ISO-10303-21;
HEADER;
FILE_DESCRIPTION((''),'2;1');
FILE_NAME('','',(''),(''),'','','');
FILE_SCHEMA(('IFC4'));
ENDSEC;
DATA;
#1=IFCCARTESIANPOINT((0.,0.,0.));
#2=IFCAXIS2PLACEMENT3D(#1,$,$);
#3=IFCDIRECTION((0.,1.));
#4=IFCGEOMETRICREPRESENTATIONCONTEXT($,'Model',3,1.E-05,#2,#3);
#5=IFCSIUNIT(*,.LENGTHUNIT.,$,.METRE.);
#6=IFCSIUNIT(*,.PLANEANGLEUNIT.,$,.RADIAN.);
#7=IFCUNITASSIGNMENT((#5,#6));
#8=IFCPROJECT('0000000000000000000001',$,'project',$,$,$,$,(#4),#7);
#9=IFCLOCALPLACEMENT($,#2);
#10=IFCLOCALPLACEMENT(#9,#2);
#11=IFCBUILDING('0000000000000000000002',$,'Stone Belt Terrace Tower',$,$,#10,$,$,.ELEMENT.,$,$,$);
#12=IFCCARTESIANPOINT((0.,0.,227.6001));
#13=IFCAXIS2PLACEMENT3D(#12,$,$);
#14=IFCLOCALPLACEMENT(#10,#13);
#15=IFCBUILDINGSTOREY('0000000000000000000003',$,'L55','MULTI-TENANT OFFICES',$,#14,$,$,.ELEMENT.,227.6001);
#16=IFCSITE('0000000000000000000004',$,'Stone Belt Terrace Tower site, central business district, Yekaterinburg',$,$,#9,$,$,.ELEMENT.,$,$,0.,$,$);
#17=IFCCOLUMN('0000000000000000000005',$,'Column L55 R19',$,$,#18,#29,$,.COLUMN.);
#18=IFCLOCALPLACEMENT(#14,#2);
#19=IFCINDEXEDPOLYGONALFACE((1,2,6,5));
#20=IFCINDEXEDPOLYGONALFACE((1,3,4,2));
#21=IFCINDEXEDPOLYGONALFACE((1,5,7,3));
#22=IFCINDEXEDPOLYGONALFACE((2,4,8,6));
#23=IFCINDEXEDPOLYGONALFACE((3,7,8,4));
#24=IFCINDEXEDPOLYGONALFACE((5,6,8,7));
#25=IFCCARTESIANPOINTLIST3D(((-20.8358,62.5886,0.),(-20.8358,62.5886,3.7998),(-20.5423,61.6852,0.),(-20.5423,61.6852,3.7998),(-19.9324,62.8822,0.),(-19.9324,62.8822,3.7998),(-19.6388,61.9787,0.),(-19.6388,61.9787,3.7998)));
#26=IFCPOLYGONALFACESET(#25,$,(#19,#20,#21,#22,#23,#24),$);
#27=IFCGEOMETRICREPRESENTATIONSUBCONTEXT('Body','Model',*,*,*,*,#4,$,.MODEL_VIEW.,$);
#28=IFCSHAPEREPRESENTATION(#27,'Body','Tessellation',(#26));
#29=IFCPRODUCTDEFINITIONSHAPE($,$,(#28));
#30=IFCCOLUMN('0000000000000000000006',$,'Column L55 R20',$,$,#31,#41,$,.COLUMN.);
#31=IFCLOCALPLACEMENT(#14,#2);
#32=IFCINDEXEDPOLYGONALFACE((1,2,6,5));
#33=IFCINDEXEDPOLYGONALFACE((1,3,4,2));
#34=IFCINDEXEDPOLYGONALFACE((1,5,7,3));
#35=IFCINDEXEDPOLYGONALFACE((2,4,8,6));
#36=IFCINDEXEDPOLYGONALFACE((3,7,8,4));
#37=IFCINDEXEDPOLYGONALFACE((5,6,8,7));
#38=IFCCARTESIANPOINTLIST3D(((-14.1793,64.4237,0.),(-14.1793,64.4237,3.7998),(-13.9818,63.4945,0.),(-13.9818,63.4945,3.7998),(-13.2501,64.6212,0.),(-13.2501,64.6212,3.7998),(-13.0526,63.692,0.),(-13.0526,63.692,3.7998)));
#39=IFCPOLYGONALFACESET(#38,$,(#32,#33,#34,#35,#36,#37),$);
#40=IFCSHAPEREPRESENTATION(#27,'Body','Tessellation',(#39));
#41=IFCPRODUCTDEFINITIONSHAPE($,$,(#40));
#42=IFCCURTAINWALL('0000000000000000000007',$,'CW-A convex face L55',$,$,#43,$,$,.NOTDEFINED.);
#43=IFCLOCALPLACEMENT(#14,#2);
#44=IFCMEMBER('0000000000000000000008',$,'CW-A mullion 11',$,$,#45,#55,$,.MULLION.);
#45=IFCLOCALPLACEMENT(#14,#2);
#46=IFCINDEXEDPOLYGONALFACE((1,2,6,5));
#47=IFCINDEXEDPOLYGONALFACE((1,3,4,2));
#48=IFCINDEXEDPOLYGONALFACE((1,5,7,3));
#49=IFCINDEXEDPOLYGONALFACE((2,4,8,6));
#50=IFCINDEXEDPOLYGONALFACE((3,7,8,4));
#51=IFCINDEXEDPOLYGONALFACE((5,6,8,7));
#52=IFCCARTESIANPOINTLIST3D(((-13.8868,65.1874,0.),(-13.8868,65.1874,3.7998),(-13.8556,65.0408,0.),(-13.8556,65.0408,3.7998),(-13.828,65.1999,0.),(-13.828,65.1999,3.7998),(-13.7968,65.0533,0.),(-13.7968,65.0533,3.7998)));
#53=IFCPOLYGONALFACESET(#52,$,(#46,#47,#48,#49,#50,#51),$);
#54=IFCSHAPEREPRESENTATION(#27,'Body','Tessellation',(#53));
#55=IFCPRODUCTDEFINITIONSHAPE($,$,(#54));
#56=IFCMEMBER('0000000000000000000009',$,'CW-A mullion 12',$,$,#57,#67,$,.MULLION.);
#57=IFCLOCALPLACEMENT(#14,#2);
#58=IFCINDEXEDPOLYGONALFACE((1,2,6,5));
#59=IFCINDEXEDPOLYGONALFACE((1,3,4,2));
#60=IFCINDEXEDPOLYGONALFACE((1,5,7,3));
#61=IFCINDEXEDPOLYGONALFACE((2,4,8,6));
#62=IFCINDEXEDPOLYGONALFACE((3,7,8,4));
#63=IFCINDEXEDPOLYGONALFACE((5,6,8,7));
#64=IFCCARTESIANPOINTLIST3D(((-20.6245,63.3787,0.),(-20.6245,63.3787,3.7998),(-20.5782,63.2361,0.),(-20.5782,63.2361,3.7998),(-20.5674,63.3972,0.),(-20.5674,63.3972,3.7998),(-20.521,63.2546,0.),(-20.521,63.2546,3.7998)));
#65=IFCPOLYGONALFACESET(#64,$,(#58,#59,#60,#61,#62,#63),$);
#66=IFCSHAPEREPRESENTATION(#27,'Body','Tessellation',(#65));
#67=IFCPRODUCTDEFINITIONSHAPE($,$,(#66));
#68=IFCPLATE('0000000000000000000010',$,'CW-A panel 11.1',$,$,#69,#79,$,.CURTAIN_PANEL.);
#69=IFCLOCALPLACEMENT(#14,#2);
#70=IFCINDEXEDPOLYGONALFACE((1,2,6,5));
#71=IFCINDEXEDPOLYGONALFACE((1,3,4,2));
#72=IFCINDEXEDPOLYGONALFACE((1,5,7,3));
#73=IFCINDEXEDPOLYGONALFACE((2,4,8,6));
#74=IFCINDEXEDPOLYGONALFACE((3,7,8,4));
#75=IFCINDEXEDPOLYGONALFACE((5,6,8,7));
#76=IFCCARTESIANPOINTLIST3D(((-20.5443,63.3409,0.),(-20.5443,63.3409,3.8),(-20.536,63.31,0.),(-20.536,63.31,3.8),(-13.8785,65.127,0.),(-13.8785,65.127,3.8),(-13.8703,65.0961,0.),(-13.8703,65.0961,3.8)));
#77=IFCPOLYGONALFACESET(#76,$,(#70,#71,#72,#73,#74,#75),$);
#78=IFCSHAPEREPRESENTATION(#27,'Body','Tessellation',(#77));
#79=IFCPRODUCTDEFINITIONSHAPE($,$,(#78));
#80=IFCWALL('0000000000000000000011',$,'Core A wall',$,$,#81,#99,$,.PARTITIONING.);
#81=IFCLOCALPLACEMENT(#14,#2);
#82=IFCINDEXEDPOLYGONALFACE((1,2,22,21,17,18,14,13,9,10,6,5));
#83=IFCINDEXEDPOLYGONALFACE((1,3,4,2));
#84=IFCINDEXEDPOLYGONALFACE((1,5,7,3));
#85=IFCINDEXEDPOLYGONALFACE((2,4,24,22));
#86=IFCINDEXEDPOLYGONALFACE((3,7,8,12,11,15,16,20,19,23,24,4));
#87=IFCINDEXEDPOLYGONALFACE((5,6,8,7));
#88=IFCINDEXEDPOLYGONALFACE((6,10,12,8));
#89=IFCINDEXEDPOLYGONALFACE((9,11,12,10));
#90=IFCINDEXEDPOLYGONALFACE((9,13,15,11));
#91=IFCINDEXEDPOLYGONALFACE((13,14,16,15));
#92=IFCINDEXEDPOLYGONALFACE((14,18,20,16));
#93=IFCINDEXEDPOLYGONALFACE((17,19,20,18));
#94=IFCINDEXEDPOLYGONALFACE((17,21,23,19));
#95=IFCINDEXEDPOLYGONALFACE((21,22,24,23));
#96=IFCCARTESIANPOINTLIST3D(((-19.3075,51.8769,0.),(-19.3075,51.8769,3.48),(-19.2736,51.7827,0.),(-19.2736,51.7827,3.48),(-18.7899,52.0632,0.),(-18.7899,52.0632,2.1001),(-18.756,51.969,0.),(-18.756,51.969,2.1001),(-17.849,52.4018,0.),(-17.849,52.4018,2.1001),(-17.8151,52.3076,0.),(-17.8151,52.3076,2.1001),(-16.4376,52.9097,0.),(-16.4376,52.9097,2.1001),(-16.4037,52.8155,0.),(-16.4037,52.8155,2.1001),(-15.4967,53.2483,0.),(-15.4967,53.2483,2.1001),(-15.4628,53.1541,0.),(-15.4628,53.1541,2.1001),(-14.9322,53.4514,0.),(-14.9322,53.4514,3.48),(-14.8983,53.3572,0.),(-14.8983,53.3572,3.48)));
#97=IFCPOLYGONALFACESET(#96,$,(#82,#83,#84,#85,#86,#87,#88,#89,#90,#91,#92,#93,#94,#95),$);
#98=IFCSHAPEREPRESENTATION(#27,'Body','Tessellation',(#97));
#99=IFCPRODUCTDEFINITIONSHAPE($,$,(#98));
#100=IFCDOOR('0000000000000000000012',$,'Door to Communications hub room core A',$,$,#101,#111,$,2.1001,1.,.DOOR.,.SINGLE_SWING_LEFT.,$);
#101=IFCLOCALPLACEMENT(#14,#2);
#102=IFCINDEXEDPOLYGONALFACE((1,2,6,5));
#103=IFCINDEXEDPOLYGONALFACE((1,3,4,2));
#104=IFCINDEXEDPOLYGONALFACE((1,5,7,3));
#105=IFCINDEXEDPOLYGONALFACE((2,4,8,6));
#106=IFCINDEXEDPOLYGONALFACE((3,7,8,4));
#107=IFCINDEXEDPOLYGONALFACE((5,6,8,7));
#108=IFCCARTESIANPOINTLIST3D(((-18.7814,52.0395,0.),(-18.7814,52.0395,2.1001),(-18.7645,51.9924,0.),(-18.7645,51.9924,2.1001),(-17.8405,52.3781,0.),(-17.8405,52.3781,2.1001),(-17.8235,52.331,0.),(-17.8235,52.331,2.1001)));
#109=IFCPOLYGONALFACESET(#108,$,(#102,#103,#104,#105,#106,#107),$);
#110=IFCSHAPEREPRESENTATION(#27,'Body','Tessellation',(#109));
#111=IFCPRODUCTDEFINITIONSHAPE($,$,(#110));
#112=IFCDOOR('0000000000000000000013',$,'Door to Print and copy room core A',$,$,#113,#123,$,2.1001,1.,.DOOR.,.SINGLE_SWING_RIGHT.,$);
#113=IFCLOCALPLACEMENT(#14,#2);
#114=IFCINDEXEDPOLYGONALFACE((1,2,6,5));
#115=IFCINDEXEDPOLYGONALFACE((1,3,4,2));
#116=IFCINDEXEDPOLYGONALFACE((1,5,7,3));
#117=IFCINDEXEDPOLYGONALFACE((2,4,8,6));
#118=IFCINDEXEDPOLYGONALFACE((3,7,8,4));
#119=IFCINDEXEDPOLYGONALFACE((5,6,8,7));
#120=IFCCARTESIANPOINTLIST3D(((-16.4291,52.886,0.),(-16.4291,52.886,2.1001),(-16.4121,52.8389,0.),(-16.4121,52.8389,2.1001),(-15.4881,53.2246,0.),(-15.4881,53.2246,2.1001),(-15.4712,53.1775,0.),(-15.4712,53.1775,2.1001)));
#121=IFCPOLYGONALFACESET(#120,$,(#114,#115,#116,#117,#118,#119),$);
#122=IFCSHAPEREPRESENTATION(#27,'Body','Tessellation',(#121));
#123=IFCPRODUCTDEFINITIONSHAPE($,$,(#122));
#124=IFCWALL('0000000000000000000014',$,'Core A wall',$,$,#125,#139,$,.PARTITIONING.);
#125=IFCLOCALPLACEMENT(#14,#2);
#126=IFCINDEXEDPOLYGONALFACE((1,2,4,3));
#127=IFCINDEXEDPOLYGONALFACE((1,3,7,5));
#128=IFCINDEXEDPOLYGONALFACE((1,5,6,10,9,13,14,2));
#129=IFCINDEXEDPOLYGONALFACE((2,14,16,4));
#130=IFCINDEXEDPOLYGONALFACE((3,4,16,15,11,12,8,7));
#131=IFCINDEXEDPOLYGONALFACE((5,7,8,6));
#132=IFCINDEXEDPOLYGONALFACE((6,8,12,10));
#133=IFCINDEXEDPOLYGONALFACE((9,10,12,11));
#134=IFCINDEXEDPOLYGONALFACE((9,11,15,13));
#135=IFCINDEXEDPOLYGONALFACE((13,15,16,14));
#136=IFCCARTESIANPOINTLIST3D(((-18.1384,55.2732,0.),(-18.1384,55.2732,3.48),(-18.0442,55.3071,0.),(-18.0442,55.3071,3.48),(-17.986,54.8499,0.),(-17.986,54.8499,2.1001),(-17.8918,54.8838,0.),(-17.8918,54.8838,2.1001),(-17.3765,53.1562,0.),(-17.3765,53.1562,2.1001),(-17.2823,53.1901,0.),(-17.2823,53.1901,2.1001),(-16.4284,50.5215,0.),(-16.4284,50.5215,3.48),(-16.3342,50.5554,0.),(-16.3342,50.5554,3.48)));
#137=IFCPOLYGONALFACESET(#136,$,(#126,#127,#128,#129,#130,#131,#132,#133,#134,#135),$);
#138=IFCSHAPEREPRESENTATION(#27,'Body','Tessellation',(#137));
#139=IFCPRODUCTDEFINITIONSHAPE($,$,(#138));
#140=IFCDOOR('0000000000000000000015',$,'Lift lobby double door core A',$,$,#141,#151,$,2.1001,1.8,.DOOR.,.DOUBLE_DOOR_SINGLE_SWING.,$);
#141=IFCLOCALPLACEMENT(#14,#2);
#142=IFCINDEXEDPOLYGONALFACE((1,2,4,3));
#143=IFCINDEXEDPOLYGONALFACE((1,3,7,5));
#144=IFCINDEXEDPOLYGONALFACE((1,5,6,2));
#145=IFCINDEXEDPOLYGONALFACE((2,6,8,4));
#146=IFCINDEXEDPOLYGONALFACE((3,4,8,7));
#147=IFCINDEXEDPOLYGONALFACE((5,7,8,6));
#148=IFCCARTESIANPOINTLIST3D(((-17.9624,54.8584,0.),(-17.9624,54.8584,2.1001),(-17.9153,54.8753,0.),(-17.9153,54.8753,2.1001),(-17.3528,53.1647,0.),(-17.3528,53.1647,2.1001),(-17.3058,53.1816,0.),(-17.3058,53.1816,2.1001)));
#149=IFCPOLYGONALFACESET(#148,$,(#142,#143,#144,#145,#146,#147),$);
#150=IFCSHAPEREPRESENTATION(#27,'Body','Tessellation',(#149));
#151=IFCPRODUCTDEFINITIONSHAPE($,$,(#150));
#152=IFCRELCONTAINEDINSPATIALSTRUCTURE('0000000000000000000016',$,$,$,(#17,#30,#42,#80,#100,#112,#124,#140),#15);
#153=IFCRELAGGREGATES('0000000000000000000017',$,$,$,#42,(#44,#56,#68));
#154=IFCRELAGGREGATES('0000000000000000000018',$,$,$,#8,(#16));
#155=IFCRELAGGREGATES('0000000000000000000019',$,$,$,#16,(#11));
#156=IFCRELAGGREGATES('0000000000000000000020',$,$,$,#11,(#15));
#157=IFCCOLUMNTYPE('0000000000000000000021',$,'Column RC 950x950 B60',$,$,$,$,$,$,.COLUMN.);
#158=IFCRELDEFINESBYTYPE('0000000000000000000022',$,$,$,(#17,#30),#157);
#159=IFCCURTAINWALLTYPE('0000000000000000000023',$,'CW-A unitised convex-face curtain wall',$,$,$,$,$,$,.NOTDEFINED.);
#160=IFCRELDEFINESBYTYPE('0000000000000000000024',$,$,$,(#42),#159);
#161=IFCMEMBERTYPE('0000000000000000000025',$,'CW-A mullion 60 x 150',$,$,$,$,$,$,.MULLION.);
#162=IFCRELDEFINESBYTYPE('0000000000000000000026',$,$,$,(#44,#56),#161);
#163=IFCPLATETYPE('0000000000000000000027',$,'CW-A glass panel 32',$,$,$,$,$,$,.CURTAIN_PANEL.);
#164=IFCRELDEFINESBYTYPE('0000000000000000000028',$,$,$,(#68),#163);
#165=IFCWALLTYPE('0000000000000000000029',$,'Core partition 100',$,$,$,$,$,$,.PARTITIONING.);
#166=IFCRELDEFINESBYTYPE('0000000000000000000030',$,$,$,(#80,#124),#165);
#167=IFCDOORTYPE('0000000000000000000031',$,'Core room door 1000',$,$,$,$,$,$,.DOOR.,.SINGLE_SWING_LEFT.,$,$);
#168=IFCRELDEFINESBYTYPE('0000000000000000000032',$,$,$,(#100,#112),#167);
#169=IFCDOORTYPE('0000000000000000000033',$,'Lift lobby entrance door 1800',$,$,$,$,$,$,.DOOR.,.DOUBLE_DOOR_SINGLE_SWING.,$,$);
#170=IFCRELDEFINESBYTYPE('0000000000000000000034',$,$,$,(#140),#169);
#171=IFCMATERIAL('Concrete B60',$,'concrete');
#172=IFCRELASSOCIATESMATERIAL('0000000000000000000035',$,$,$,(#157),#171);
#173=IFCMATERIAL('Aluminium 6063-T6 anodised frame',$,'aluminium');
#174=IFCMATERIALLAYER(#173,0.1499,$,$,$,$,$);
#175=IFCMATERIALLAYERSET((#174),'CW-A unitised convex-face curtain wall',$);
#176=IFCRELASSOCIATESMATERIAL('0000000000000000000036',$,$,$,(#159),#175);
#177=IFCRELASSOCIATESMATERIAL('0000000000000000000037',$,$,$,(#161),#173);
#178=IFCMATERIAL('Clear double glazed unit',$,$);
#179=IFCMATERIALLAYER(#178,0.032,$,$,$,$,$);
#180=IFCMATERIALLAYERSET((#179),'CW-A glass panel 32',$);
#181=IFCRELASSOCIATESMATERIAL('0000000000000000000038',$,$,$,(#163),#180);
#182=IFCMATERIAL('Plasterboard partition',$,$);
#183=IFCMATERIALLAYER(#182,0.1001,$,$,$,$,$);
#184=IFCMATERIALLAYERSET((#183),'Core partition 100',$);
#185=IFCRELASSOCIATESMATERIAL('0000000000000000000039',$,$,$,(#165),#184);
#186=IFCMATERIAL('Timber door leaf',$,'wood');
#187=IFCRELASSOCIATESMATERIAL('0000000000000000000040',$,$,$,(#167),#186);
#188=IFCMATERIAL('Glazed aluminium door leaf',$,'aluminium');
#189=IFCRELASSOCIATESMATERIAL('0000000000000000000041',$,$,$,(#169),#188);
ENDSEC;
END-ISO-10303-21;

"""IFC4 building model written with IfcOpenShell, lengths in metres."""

from ifc_helpers import new_model, si_unit, direction, frame, frame_2d, origin, origin_2d, place, context, subcontext, project, spatial, rectangle, extrude, material, layer, layer_set, material_profile, profile_set, type_object, element, fill, aggregate, save


model = new_model("IFC4")

# Units and contexts
model_context = context("Model", 3, precision=1e-05, world=origin(), true_north=direction((0.0, 1.0)))
body_context = subcontext(model_context, "Body", "Model", "MODEL_VIEW")
ifc_project = project(units=[si_unit("LENGTHUNIT", "METRE"), si_unit("PLANEANGLEUNIT", "RADIAN")], contexts=[model_context])

# Site, building, storey
site_placement = place(None, origin())
site = spatial("IfcSite", under=ifc_project, at=site_placement, Name="Stone Belt Terrace Tower site, central business district, Yekaterinburg", CompositionType="ELEMENT", RefElevation=0.0)
building_placement = place(site_placement, origin())
building = spatial("IfcBuilding", under=site, at=building_placement, Name="Stone Belt Terrace Tower", CompositionType="ELEMENT")
storey_placement = place(building_placement, frame((0.0, 0.0, 227.6001)))
storey = spatial("IfcBuildingStorey", under=building, at=storey_placement, Name="L55", Description="MULTI-TENANT OFFICES", CompositionType="ELEMENT", Elevation=227.6001)

# Columns
ifc_material_1 = material(Name="Concrete B60", Category="concrete")
ifc_material_profile_1 = material_profile(ifc_material_1, rectangle(XDim=0.95, YDim=0.95, at=origin_2d()), Name="RC 950x950")
ifc_profile_set_1 = profile_set([ifc_material_profile_1], Name="Concrete B60")
column_type = type_object("IfcColumnType", Name="Column RC 950x950 B60", PredefinedType="COLUMN", material=ifc_profile_set_1)
for number, where, z_axis, x_axis, name in (
    (1, (-20.2373, 62.2837, 0.0), (0.0, 0.0, 1.0), (0.951057, 0.309017, 0.0), "Column L55 R19"),
    (2, (-13.616, 64.0579, 0.0), (0.0, 0.0, 1.0), (0.978148, 0.207912, 0.0), "Column L55 R20"),
):
    element("IfcColumn", number, at=place(storey_placement, frame(where, z_axis=z_axis, x_axis=x_axis)), inside=storey, type_object=column_type, Name=name, PredefinedType="COLUMN", context=body_context, shape_type="SweptSolid", body=[
        extrude(rectangle(XDim=0.95, YDim=0.95, at=origin_2d()), origin(), (0.0, 0.0, 1.0), 3.7998),
    ])

# Curtain wall, members, plate
ifc_material_2 = material(Name="Aluminium 6063-T6 anodised frame", Category="aluminium")
ifc_layer_1 = layer(ifc_material_2, 0.1499)
ifc_layer_set_1 = layer_set([ifc_layer_1], Name="CW-A unitised convex-face curtain wall")
curtain_wall_type = type_object("IfcCurtainWallType", Name="CW-A unitised convex-face curtain wall", PredefinedType="NOTDEFINED", material=ifc_layer_set_1)
curtain_wall_placement = place(storey_placement, origin())
curtain_wall = element("IfcCurtainWall", 3, at=curtain_wall_placement, inside=storey, type_object=curtain_wall_type, Name="CW-A convex face L55", PredefinedType="NOTDEFINED")
ifc_material_profile_2 = material_profile(ifc_material_2, rectangle(XDim=0.1499, YDim=0.0601, at=origin_2d()), Name="Aluminium 6063-T6 60x150")
ifc_profile_set_2 = profile_set([ifc_material_profile_2], Name="Aluminium 6063-T6 anodised frame")
member_type = type_object("IfcMemberType", Name="CW-A mullion 60 x 150", PredefinedType="MULLION", material=ifc_profile_set_2)
member_1_placement = place(storey_placement, frame((-13.8418, 65.1204, 0.0), z_axis=(0.0, 0.0, 1.0), x_axis=(0.207912, -0.978148, 0.0)))
member_1 = element("IfcMember", 4, at=member_1_placement, type_object=member_type, Name="CW-A mullion 11", PredefinedType="MULLION", context=body_context, shape_type="SweptSolid", body=[
    extrude(rectangle(XDim=0.1499, YDim=0.0601, at=origin_2d()), origin(), (0.0, 0.0, 1.0), 3.7998),
])
member_2_placement = place(storey_placement, frame((-20.5728, 63.3167, 0.0), z_axis=(0.0, 0.0, 1.0), x_axis=(0.309017, -0.951057, 0.0)))
member_2 = element("IfcMember", 5, at=member_2_placement, type_object=member_type, Name="CW-A mullion 12", PredefinedType="MULLION", context=body_context, shape_type="SweptSolid", body=[
    extrude(rectangle(XDim=0.1499, YDim=0.0601, at=origin_2d()), origin(), (0.0, 0.0, 1.0), 3.7998),
])
ifc_material_3 = material(Name="Clear double glazed unit")
ifc_layer_2 = layer(ifc_material_3, 0.032)
ifc_layer_set_2 = layer_set([ifc_layer_2], Name="CW-A glass panel 32")
plate_type = type_object("IfcPlateType", Name="CW-A glass panel 32", PredefinedType="CURTAIN_PANEL", material=ifc_layer_set_2)
plate_placement = place(storey_placement, frame((-17.2073, 64.2185, 0.0), z_axis=(0.0, 0.0, 1.0), x_axis=(-0.965926, -0.258819, 0.0)))
plate = element("IfcPlate", 6, at=plate_placement, type_object=plate_type, Name="CW-A panel 11.1", PredefinedType="CURTAIN_PANEL", context=body_context, shape_type="SweptSolid", body=[
    extrude(rectangle(XDim=6.9009, YDim=0.032, at=origin_2d()), origin(), (0.0, 0.0, 1.0), 3.8),
])
aggregate(curtain_wall, [member_1, member_2, plate])

# Wall, openings, doors
ifc_material_4 = material(Name="Plasterboard partition")
ifc_layer_3 = layer(ifc_material_4, 0.1001)
ifc_layer_set_3 = layer_set([ifc_layer_3], Name="Core partition 100")
wall_type_1 = type_object("IfcWallType", Name="Core partition 100", PredefinedType="PARTITIONING", material=ifc_layer_set_3)
wall_1_placement = place(storey_placement, frame((-19.2905, 51.8298, 0.0), z_axis=(0.0, 0.0, 1.0), x_axis=(0.94093, 0.3386, 0.0)))
wall_1 = element("IfcWall", 7, at=wall_1_placement, inside=storey, type_object=wall_type_1, Name="Core A wall", PredefinedType="PARTITIONING", context=body_context, shape_type="SweptSolid", body=[
    extrude(rectangle(XDim=4.6499, YDim=0.1001, at=frame_2d((2.325, 0.0))), origin(), (0.0, 0.0, 1.0), 3.48),
])
opening_1_placement = place(wall_1_placement, frame((0.55, 0.0, 0.0)))
opening_1 = element("IfcOpeningElement", 8, at=opening_1_placement, cuts=wall_1, PredefinedType="OPENING", context=body_context, shape_type="SweptSolid", body=[
    extrude(rectangle(XDim=1.0, YDim=2.1001, at=frame_2d((0.5, 1.05))), frame((0.0, 0.0601, 0.0), z_axis=(0.0, -1.0, 0.0), x_axis=(1.0, 0.0, 0.0)), (0.0, 0.0, 1.0), 0.1201),
])
opening_2_placement = place(wall_1_placement, frame((3.05, 0.0, 0.0)))
opening_2 = element("IfcOpeningElement", 9, at=opening_2_placement, cuts=wall_1, PredefinedType="OPENING", context=body_context, shape_type="SweptSolid", body=[
    extrude(rectangle(XDim=1.0, YDim=2.1001, at=frame_2d((0.5, 1.05))), frame((0.0, 0.0601, 0.0), z_axis=(0.0, -1.0, 0.0), x_axis=(1.0, 0.0, 0.0)), (0.0, 0.0, 1.0), 0.1201),
])
ifc_material_5 = material(Name="Timber door leaf", Category="wood")
door_type_1 = type_object("IfcDoorType", Name="Core room door 1000", OperationType="SINGLE_SWING_LEFT", PredefinedType="DOOR", material=ifc_material_5)
door_1_placement = place(opening_1_placement, origin())
door_1 = element("IfcDoor", 10, at=door_1_placement, inside=storey, type_object=door_type_1, Name="Door to Communications hub room core A", OperationType="SINGLE_SWING_LEFT", OverallHeight=2.1001, OverallWidth=1.0, PredefinedType="DOOR", context=body_context, shape_type="SweptSolid", body=[
    extrude(rectangle(XDim=1.0, YDim=2.1001, at=frame_2d((0.5, 1.05))), frame((0.0, 0.0249, 0.0), z_axis=(0.0, -1.0, 0.0), x_axis=(1.0, 0.0, 0.0)), (0.0, 0.0, 1.0), 0.05),
])
fill(opening_1, door_1)
door_2_placement = place(opening_2_placement, origin())
door_2 = element("IfcDoor", 11, at=door_2_placement, inside=storey, type_object=door_type_1, Name="Door to Print and copy room core A", OperationType="SINGLE_SWING_RIGHT", OverallHeight=2.1001, OverallWidth=1.0, PredefinedType="DOOR", context=body_context, shape_type="SweptSolid", body=[
    extrude(rectangle(XDim=1.0, YDim=2.1001, at=frame_2d((0.5, 1.05))), frame((0.0, 0.0249, 0.0), z_axis=(0.0, -1.0, 0.0), x_axis=(1.0, 0.0, 0.0)), (0.0, 0.0, 1.0), 0.05),
])
fill(opening_2, door_2)

# Wall, opening, door
wall_2_placement = place(storey_placement, frame((-16.3813, 50.5386, 0.0), z_axis=(0.0, 0.0, 1.0), x_axis=(-0.338605, 0.940929, 0.0)))
wall_2 = element("IfcWall", 12, at=wall_2_placement, inside=storey, type_object=wall_type_1, Name="Core A wall", PredefinedType="PARTITIONING", context=body_context, shape_type="SweptSolid", body=[
    extrude(rectangle(XDim=5.05, YDim=0.1001, at=frame_2d((2.5249, 0.0))), origin(), (0.0, 0.0, 1.0), 3.48),
])
opening_3_placement = place(wall_2_placement, frame((2.8, 0.0, 0.0)))
opening_3 = element("IfcOpeningElement", 13, at=opening_3_placement, cuts=wall_2, PredefinedType="OPENING", context=body_context, shape_type="SweptSolid", body=[
    extrude(rectangle(XDim=1.8, YDim=2.1001, at=frame_2d((0.8999, 1.05))), frame((0.0, 0.0601, 0.0), z_axis=(0.0, -1.0, 0.0), x_axis=(1.0, 0.0, 0.0)), (0.0, 0.0, 1.0), 0.1201),
])
ifc_material_6 = material(Name="Glazed aluminium door leaf", Category="aluminium")
door_type_2 = type_object("IfcDoorType", Name="Lift lobby entrance door 1800", OperationType="DOUBLE_DOOR_SINGLE_SWING", PredefinedType="DOOR", material=ifc_material_6)
door_3_placement = place(opening_3_placement, origin())
door_3 = element("IfcDoor", 14, at=door_3_placement, inside=storey, type_object=door_type_2, Name="Lift lobby double door core A", OperationType="DOUBLE_DOOR_SINGLE_SWING", OverallHeight=2.1001, OverallWidth=1.8, PredefinedType="DOOR", context=body_context, shape_type="SweptSolid", body=[
    extrude(rectangle(XDim=1.8, YDim=2.1001, at=frame_2d((0.8999, 1.05))), frame((0.0, 0.0249, 0.0), z_axis=(0.0, -1.0, 0.0), x_axis=(1.0, 0.0, 0.0)), (0.0, 0.0, 1.0), 0.05),
])
fill(opening_3, door_3)

save(model, "model.ifc")
